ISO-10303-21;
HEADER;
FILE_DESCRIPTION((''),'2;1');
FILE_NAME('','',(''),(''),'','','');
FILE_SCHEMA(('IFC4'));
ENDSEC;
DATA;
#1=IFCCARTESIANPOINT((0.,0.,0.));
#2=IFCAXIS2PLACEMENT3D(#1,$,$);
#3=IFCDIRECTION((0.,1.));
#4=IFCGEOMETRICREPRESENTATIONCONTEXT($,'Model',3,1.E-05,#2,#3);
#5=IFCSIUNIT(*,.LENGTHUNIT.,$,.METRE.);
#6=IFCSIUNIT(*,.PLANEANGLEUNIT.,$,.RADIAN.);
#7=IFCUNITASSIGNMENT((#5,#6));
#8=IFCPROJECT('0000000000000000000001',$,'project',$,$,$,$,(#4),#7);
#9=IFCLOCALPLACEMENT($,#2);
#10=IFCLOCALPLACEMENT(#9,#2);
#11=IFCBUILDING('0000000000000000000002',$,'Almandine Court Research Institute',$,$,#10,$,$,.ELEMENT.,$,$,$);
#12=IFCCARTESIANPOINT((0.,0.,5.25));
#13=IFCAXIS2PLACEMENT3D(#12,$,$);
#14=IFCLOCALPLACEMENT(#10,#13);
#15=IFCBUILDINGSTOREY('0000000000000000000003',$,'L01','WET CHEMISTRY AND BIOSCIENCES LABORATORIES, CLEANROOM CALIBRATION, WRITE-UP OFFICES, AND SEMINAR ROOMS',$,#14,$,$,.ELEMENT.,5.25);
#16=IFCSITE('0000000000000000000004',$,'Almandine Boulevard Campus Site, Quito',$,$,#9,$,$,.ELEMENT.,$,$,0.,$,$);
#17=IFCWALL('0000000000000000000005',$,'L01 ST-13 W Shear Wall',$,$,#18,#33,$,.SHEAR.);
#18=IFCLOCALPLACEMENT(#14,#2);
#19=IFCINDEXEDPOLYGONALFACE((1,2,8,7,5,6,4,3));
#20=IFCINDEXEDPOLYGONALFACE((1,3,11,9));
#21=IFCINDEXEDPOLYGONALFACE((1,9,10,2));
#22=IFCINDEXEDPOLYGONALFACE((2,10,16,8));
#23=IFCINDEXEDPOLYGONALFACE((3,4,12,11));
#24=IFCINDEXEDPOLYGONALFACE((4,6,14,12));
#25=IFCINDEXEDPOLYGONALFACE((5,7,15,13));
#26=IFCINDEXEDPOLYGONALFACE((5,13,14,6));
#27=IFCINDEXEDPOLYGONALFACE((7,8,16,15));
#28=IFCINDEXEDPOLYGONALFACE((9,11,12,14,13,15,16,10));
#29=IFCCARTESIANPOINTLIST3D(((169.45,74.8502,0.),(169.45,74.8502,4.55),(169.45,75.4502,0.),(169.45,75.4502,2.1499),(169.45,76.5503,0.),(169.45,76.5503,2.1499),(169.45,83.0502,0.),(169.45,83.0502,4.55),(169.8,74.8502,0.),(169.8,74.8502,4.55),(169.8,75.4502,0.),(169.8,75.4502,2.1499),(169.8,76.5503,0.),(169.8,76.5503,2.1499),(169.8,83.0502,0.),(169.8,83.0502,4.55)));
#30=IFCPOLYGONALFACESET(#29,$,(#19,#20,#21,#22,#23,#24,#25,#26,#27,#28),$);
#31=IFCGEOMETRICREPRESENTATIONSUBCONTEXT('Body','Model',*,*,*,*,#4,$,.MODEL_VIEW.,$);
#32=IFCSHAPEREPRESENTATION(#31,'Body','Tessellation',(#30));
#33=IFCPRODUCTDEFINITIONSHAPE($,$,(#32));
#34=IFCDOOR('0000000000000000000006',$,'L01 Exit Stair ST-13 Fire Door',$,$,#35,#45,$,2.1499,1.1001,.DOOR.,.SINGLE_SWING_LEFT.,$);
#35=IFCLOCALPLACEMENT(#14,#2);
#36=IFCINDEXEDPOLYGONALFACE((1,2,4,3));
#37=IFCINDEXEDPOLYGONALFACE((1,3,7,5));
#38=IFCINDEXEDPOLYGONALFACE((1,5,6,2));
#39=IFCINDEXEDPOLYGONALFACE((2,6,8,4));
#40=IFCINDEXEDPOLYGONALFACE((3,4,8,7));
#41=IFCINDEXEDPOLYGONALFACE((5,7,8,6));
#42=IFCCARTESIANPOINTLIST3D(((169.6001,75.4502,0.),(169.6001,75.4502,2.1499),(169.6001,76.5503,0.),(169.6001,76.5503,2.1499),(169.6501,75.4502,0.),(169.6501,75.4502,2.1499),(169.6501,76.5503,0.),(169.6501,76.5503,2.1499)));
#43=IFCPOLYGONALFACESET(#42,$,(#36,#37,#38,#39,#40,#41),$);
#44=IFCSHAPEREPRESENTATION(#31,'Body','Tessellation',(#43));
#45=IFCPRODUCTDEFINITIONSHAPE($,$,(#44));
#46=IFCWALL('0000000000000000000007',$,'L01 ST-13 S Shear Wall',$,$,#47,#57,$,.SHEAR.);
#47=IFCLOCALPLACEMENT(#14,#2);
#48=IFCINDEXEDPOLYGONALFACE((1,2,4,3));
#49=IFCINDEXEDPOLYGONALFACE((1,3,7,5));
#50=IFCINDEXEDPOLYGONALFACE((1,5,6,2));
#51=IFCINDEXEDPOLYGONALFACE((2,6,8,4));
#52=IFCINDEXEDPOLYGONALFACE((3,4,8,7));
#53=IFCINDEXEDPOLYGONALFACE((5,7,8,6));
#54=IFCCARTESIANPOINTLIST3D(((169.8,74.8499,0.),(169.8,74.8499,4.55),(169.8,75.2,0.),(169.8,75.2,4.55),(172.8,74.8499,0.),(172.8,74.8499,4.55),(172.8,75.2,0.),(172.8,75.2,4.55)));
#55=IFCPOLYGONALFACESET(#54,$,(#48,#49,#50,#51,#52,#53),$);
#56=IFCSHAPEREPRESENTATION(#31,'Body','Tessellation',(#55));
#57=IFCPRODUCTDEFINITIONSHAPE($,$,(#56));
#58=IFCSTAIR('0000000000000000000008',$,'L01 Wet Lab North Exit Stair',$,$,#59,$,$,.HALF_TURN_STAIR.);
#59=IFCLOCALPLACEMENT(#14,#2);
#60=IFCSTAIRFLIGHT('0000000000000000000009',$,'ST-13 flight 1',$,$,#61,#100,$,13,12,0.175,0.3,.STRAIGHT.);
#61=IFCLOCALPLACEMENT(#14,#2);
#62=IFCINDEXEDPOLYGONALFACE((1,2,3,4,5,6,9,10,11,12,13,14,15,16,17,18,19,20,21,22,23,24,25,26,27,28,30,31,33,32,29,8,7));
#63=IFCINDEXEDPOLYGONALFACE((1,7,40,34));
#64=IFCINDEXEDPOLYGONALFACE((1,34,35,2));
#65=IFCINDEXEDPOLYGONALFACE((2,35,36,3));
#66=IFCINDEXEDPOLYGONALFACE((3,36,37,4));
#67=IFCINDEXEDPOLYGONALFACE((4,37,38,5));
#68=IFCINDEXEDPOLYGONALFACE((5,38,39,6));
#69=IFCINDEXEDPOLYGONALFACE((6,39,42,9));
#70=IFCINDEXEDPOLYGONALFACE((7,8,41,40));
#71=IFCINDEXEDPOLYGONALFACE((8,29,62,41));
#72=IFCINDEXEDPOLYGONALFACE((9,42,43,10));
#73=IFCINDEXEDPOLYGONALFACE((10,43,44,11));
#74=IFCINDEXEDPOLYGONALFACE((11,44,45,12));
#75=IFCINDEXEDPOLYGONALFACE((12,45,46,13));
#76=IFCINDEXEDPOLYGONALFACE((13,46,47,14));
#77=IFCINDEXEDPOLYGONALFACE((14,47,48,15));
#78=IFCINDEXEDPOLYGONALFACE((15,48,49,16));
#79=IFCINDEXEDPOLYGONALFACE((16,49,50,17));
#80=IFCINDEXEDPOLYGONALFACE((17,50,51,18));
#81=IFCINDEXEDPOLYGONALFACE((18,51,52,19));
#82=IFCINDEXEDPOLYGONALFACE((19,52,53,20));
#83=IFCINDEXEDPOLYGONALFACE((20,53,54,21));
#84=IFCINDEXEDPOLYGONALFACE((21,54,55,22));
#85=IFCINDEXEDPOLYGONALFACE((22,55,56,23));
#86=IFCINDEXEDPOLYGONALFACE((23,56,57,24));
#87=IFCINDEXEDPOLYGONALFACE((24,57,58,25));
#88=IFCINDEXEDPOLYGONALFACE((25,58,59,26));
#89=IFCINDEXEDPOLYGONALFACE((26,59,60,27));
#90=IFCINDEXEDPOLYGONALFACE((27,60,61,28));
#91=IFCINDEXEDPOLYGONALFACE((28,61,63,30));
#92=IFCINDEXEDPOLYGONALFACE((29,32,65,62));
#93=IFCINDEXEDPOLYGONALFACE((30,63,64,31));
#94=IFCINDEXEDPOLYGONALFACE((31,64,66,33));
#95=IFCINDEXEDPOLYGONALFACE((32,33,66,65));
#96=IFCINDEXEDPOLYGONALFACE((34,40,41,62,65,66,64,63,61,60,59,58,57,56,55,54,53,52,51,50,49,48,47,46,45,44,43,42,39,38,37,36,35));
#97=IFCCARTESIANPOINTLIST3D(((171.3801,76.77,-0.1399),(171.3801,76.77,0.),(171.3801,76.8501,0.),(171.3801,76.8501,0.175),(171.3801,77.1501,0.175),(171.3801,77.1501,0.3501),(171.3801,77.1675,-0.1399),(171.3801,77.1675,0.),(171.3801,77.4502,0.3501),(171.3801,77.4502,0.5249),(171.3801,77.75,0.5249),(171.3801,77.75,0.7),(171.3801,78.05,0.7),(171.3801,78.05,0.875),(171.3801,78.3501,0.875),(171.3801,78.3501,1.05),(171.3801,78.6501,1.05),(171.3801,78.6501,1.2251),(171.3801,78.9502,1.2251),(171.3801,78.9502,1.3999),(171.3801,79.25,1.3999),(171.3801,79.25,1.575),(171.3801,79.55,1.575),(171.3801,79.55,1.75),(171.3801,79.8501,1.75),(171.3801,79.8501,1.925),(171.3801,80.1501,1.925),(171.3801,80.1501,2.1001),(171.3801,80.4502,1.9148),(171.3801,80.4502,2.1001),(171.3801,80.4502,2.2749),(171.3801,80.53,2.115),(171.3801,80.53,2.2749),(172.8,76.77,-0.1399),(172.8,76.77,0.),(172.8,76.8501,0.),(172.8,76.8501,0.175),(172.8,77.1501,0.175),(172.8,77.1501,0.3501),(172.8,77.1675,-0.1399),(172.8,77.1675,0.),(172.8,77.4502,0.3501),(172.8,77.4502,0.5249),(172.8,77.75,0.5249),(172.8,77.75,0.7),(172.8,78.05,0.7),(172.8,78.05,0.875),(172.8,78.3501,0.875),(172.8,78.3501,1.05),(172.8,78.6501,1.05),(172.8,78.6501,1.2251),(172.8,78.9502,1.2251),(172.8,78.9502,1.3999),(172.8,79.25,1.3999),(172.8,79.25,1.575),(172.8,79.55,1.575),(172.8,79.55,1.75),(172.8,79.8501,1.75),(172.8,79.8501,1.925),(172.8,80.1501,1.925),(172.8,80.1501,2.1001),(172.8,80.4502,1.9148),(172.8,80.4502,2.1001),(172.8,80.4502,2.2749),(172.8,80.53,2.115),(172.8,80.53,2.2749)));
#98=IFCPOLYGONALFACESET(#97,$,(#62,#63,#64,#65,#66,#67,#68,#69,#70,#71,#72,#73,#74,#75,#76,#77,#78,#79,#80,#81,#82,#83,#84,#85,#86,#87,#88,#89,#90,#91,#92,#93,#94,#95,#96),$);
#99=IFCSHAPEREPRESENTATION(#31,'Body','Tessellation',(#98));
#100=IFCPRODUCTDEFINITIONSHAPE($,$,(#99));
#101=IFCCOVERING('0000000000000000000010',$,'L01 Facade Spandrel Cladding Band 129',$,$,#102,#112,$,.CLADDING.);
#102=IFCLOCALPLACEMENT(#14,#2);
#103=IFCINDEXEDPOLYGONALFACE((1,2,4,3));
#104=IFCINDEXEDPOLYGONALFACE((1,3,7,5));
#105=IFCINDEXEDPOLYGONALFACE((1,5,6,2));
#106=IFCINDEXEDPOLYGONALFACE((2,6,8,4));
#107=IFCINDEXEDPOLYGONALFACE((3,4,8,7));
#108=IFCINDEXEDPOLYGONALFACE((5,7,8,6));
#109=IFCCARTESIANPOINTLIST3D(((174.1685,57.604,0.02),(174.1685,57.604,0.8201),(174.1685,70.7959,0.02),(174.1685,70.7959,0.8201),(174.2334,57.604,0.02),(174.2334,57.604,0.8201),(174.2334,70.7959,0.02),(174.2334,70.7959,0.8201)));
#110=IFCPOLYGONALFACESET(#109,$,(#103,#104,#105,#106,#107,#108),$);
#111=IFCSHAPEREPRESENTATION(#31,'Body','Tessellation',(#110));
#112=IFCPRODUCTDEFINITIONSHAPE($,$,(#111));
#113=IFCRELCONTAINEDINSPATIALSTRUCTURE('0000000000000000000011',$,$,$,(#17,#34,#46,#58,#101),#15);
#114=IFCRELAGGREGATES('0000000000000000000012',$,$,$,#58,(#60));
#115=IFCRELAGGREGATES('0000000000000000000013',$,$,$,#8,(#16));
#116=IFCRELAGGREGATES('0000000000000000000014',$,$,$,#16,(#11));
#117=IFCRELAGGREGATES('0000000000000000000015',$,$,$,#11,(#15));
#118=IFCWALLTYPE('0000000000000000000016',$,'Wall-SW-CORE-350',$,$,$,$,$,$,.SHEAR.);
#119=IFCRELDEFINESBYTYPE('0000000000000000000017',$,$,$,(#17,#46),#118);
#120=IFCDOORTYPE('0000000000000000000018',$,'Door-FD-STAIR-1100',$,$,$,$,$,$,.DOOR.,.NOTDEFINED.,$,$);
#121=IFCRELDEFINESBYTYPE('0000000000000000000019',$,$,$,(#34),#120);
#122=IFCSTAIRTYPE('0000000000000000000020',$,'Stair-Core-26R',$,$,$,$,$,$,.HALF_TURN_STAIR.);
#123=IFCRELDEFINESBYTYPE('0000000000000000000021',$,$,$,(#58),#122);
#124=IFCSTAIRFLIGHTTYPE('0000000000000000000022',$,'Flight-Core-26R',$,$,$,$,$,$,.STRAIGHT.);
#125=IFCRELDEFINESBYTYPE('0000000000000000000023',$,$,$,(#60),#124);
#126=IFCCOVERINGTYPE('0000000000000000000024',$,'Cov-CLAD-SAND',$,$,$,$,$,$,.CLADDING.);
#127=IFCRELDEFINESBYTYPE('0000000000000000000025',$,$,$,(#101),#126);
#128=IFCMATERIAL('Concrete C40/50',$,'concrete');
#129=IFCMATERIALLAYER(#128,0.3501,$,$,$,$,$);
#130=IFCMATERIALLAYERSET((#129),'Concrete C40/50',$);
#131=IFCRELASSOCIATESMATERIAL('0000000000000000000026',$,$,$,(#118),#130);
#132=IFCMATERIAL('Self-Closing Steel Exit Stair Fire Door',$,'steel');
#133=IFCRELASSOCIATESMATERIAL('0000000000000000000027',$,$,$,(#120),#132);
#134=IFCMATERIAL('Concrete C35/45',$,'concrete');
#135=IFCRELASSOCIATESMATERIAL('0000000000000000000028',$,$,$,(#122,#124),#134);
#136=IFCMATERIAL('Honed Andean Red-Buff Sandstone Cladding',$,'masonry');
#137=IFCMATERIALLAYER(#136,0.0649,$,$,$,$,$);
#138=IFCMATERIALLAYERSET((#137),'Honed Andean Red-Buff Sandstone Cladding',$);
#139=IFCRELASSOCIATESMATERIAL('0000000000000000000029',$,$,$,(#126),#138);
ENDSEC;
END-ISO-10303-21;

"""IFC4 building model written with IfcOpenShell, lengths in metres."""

from ifc_helpers import new_model, si_unit, direction, frame, frame_2d, origin, origin_2d, place, context, subcontext, project, spatial, polyline, rectangle, outline, extrude, material, layer, layer_set, type_object, element, fill, aggregate, save


model = new_model("IFC4")

# Units and contexts
model_context = context("Model", 3, precision=1e-05, world=origin(), true_north=direction((0.0, 1.0)))
body_context = subcontext(model_context, "Body", "Model", "MODEL_VIEW")
ifc_project = project(units=[si_unit("LENGTHUNIT", "METRE"), si_unit("PLANEANGLEUNIT", "RADIAN")], contexts=[model_context])

# Site, building, storey
site_placement = place(None, origin())
site = spatial("IfcSite", under=ifc_project, at=site_placement, Name="Almandine Boulevard Campus Site, Quito", CompositionType="ELEMENT", RefElevation=0.0)
building_placement = place(site_placement, origin())
building = spatial("IfcBuilding", under=site, at=building_placement, Name="Almandine Court Research Institute", CompositionType="ELEMENT")
storey_placement = place(building_placement, frame((0.0, 0.0, 5.25)))
storey = spatial("IfcBuildingStorey", under=building, at=storey_placement, Name="L01", Description="WET CHEMISTRY AND BIOSCIENCES LABORATORIES, CLEANROOM CALIBRATION, WRITE-UP OFFICES, AND SEMINAR ROOMS", CompositionType="ELEMENT", Elevation=5.25)

# Wall, opening, door
ifc_material_1 = material(Name="Concrete C40/50", Category="concrete")
ifc_layer_1 = layer(ifc_material_1, 0.3501)
ifc_layer_set_1 = layer_set([ifc_layer_1], Name="Concrete C40/50")
wall_type_1 = type_object("IfcWallType", Name="Wall-SW-CORE-350", PredefinedType="SHEAR", material=ifc_layer_set_1)
wall_1_placement = place(storey_placement, frame((169.625, 74.8501, 0.0), z_axis=(0.0, 0.0, 1.0), x_axis=(0.0, 1.0, 0.0)))
wall_1 = element("IfcWall", 1, at=wall_1_placement, inside=storey, type_object=wall_type_1, Name="L01 ST-13 W Shear Wall", PredefinedType="SHEAR", context=body_context, shape_type="SweptSolid", body=[
    extrude(rectangle(XDim=8.2, YDim=0.3501, at=frame_2d((4.1001, 0.0))), origin(), (0.0, 0.0, 1.0), 4.55),
])
opening_1_placement = place(wall_1_placement, frame((0.6001, 0.0, 0.0)))
opening_1 = element("IfcOpeningElement", 2, at=opening_1_placement, cuts=wall_1, PredefinedType="OPENING", context=body_context, shape_type="SweptSolid", body=[
    extrude(rectangle(XDim=1.1001, YDim=2.1499, at=frame_2d((0.55, 1.075))), frame((0.0, 0.1851, 0.0), z_axis=(0.0, -1.0, 0.0), x_axis=(1.0, 0.0, 0.0)), (0.0, 0.0, 1.0), 0.3701),
])
ifc_material_2 = material(Name="Self-Closing Steel Exit Stair Fire Door", Category="steel")
door_type_1 = type_object("IfcDoorType", Name="Door-FD-STAIR-1100", OperationType="NOTDEFINED", PredefinedType="DOOR", material=ifc_material_2)
door_1_placement = place(opening_1_placement, origin())
door_1 = element("IfcDoor", 3, at=door_1_placement, inside=storey, type_object=door_type_1, Name="L01 Exit Stair ST-13 Fire Door", OperationType="SINGLE_SWING_LEFT", OverallHeight=2.1499, OverallWidth=1.1001, PredefinedType="DOOR", context=body_context, shape_type="SweptSolid", body=[
    extrude(rectangle(XDim=1.1001, YDim=2.1499, at=frame_2d((0.55, 1.075))), frame((0.0, 0.0249, 0.0), z_axis=(0.0, -1.0, 0.0), x_axis=(1.0, 0.0, 0.0)), (0.0, 0.0, 1.0), 0.05),
])
fill(opening_1, door_1)

# Wall
wall_2_placement = place(storey_placement, frame((172.8, 75.0249, 0.0), z_axis=(0.0, 0.0, 1.0), x_axis=(-1.0, 0.0, 0.0)))
element("IfcWall", 4, at=wall_2_placement, inside=storey, type_object=wall_type_1, Name="L01 ST-13 S Shear Wall", PredefinedType="SHEAR", context=body_context, shape_type="SweptSolid", body=[
    extrude(rectangle(XDim=3.0, YDim=0.3501, at=frame_2d((1.5, 0.0))), origin(), (0.0, 0.0, 1.0), 4.55),
])

# Stair, stair flight
ifc_material_3 = material(Name="Concrete C35/45", Category="concrete")
stair_type = type_object("IfcStairType", Name="Stair-Core-26R", PredefinedType="HALF_TURN_STAIR", material=ifc_material_3)
stair_placement = place(storey_placement, origin())
stair = element("IfcStair", 5, at=stair_placement, inside=storey, type_object=stair_type, Name="L01 Wet Lab North Exit Stair", PredefinedType="HALF_TURN_STAIR")
stair_flight_type = type_object("IfcStairFlightType", Name="Flight-Core-26R", PredefinedType="STRAIGHT", material=ifc_material_3)
stair_flight_placement = place(storey_placement, frame((172.0901, 76.8501, 0.0), z_axis=(0.0, 0.0, 1.0), x_axis=(0.0, 1.0, 0.0)))
stair_flight = element("IfcStairFlight", 6, at=stair_flight_placement, type_object=stair_flight_type, Name="ST-13 flight 1", NumberOfRisers=13, NumberOfTreads=12, PredefinedType="STRAIGHT", RiserHeight=0.175, TreadLength=0.3, context=body_context, shape_type="SweptSolid", body=[
    extrude(outline(polyline([(-0.0801, -0.1399), (-0.0801, 0.0), (0.0, 0.0), (0.0, 0.175), (0.3, 0.175), (0.3, 0.3501), (0.6001, 0.3501), (0.6001, 0.5249), (0.8999, 0.5249), (0.8999, 0.7), (1.2, 0.7), (1.2, 0.875), (1.5, 0.875), (1.5, 1.05), (1.8, 1.05), (1.8, 1.2251), (2.1001, 1.2251), (2.1001, 1.3999), (2.3999, 1.3999), (2.3999, 1.575), (2.7, 1.575), (2.7, 1.75), (3.0, 1.75), (3.0, 1.925), (3.3, 1.925), (3.3, 2.1001), (3.6001, 2.1001), (3.6001, 2.2749), (3.6799, 2.2749), (3.6799, 2.115), (3.6001, 1.9148), (0.3174, 0.0), (0.3174, -0.1399), (-0.0801, -0.1399)])), frame((0.0, 0.71, 0.0), z_axis=(0.0, -1.0, 0.0), x_axis=(1.0, 0.0, 0.0)), (0.0, 0.0, 1.0), 1.4199),
])
aggregate(stair, [stair_flight])

# Covering
ifc_material_4 = material(Name="Honed Andean Red-Buff Sandstone Cladding", Category="masonry")
ifc_layer_2 = layer(ifc_material_4, 0.0649)
ifc_layer_set_2 = layer_set([ifc_layer_2], Name="Honed Andean Red-Buff Sandstone Cladding")
covering_type = type_object("IfcCoveringType", Name="Cov-CLAD-SAND", PredefinedType="CLADDING", material=ifc_layer_set_2)
covering_placement = place(storey_placement, frame((174.2009, 64.2, 0.02), z_axis=(0.0, 0.0, 1.0), x_axis=(0.0, -1.0, 0.0)))
element("IfcCovering", 7, at=covering_placement, inside=storey, type_object=covering_type, Name="L01 Facade Spandrel Cladding Band 129", PredefinedType="CLADDING", context=body_context, shape_type="SweptSolid", body=[
    extrude(rectangle(XDim=13.1919, YDim=0.0649, at=origin_2d()), origin(), (0.0, 0.0, 1.0), 0.8),
])

save(model, "model.ifc")
